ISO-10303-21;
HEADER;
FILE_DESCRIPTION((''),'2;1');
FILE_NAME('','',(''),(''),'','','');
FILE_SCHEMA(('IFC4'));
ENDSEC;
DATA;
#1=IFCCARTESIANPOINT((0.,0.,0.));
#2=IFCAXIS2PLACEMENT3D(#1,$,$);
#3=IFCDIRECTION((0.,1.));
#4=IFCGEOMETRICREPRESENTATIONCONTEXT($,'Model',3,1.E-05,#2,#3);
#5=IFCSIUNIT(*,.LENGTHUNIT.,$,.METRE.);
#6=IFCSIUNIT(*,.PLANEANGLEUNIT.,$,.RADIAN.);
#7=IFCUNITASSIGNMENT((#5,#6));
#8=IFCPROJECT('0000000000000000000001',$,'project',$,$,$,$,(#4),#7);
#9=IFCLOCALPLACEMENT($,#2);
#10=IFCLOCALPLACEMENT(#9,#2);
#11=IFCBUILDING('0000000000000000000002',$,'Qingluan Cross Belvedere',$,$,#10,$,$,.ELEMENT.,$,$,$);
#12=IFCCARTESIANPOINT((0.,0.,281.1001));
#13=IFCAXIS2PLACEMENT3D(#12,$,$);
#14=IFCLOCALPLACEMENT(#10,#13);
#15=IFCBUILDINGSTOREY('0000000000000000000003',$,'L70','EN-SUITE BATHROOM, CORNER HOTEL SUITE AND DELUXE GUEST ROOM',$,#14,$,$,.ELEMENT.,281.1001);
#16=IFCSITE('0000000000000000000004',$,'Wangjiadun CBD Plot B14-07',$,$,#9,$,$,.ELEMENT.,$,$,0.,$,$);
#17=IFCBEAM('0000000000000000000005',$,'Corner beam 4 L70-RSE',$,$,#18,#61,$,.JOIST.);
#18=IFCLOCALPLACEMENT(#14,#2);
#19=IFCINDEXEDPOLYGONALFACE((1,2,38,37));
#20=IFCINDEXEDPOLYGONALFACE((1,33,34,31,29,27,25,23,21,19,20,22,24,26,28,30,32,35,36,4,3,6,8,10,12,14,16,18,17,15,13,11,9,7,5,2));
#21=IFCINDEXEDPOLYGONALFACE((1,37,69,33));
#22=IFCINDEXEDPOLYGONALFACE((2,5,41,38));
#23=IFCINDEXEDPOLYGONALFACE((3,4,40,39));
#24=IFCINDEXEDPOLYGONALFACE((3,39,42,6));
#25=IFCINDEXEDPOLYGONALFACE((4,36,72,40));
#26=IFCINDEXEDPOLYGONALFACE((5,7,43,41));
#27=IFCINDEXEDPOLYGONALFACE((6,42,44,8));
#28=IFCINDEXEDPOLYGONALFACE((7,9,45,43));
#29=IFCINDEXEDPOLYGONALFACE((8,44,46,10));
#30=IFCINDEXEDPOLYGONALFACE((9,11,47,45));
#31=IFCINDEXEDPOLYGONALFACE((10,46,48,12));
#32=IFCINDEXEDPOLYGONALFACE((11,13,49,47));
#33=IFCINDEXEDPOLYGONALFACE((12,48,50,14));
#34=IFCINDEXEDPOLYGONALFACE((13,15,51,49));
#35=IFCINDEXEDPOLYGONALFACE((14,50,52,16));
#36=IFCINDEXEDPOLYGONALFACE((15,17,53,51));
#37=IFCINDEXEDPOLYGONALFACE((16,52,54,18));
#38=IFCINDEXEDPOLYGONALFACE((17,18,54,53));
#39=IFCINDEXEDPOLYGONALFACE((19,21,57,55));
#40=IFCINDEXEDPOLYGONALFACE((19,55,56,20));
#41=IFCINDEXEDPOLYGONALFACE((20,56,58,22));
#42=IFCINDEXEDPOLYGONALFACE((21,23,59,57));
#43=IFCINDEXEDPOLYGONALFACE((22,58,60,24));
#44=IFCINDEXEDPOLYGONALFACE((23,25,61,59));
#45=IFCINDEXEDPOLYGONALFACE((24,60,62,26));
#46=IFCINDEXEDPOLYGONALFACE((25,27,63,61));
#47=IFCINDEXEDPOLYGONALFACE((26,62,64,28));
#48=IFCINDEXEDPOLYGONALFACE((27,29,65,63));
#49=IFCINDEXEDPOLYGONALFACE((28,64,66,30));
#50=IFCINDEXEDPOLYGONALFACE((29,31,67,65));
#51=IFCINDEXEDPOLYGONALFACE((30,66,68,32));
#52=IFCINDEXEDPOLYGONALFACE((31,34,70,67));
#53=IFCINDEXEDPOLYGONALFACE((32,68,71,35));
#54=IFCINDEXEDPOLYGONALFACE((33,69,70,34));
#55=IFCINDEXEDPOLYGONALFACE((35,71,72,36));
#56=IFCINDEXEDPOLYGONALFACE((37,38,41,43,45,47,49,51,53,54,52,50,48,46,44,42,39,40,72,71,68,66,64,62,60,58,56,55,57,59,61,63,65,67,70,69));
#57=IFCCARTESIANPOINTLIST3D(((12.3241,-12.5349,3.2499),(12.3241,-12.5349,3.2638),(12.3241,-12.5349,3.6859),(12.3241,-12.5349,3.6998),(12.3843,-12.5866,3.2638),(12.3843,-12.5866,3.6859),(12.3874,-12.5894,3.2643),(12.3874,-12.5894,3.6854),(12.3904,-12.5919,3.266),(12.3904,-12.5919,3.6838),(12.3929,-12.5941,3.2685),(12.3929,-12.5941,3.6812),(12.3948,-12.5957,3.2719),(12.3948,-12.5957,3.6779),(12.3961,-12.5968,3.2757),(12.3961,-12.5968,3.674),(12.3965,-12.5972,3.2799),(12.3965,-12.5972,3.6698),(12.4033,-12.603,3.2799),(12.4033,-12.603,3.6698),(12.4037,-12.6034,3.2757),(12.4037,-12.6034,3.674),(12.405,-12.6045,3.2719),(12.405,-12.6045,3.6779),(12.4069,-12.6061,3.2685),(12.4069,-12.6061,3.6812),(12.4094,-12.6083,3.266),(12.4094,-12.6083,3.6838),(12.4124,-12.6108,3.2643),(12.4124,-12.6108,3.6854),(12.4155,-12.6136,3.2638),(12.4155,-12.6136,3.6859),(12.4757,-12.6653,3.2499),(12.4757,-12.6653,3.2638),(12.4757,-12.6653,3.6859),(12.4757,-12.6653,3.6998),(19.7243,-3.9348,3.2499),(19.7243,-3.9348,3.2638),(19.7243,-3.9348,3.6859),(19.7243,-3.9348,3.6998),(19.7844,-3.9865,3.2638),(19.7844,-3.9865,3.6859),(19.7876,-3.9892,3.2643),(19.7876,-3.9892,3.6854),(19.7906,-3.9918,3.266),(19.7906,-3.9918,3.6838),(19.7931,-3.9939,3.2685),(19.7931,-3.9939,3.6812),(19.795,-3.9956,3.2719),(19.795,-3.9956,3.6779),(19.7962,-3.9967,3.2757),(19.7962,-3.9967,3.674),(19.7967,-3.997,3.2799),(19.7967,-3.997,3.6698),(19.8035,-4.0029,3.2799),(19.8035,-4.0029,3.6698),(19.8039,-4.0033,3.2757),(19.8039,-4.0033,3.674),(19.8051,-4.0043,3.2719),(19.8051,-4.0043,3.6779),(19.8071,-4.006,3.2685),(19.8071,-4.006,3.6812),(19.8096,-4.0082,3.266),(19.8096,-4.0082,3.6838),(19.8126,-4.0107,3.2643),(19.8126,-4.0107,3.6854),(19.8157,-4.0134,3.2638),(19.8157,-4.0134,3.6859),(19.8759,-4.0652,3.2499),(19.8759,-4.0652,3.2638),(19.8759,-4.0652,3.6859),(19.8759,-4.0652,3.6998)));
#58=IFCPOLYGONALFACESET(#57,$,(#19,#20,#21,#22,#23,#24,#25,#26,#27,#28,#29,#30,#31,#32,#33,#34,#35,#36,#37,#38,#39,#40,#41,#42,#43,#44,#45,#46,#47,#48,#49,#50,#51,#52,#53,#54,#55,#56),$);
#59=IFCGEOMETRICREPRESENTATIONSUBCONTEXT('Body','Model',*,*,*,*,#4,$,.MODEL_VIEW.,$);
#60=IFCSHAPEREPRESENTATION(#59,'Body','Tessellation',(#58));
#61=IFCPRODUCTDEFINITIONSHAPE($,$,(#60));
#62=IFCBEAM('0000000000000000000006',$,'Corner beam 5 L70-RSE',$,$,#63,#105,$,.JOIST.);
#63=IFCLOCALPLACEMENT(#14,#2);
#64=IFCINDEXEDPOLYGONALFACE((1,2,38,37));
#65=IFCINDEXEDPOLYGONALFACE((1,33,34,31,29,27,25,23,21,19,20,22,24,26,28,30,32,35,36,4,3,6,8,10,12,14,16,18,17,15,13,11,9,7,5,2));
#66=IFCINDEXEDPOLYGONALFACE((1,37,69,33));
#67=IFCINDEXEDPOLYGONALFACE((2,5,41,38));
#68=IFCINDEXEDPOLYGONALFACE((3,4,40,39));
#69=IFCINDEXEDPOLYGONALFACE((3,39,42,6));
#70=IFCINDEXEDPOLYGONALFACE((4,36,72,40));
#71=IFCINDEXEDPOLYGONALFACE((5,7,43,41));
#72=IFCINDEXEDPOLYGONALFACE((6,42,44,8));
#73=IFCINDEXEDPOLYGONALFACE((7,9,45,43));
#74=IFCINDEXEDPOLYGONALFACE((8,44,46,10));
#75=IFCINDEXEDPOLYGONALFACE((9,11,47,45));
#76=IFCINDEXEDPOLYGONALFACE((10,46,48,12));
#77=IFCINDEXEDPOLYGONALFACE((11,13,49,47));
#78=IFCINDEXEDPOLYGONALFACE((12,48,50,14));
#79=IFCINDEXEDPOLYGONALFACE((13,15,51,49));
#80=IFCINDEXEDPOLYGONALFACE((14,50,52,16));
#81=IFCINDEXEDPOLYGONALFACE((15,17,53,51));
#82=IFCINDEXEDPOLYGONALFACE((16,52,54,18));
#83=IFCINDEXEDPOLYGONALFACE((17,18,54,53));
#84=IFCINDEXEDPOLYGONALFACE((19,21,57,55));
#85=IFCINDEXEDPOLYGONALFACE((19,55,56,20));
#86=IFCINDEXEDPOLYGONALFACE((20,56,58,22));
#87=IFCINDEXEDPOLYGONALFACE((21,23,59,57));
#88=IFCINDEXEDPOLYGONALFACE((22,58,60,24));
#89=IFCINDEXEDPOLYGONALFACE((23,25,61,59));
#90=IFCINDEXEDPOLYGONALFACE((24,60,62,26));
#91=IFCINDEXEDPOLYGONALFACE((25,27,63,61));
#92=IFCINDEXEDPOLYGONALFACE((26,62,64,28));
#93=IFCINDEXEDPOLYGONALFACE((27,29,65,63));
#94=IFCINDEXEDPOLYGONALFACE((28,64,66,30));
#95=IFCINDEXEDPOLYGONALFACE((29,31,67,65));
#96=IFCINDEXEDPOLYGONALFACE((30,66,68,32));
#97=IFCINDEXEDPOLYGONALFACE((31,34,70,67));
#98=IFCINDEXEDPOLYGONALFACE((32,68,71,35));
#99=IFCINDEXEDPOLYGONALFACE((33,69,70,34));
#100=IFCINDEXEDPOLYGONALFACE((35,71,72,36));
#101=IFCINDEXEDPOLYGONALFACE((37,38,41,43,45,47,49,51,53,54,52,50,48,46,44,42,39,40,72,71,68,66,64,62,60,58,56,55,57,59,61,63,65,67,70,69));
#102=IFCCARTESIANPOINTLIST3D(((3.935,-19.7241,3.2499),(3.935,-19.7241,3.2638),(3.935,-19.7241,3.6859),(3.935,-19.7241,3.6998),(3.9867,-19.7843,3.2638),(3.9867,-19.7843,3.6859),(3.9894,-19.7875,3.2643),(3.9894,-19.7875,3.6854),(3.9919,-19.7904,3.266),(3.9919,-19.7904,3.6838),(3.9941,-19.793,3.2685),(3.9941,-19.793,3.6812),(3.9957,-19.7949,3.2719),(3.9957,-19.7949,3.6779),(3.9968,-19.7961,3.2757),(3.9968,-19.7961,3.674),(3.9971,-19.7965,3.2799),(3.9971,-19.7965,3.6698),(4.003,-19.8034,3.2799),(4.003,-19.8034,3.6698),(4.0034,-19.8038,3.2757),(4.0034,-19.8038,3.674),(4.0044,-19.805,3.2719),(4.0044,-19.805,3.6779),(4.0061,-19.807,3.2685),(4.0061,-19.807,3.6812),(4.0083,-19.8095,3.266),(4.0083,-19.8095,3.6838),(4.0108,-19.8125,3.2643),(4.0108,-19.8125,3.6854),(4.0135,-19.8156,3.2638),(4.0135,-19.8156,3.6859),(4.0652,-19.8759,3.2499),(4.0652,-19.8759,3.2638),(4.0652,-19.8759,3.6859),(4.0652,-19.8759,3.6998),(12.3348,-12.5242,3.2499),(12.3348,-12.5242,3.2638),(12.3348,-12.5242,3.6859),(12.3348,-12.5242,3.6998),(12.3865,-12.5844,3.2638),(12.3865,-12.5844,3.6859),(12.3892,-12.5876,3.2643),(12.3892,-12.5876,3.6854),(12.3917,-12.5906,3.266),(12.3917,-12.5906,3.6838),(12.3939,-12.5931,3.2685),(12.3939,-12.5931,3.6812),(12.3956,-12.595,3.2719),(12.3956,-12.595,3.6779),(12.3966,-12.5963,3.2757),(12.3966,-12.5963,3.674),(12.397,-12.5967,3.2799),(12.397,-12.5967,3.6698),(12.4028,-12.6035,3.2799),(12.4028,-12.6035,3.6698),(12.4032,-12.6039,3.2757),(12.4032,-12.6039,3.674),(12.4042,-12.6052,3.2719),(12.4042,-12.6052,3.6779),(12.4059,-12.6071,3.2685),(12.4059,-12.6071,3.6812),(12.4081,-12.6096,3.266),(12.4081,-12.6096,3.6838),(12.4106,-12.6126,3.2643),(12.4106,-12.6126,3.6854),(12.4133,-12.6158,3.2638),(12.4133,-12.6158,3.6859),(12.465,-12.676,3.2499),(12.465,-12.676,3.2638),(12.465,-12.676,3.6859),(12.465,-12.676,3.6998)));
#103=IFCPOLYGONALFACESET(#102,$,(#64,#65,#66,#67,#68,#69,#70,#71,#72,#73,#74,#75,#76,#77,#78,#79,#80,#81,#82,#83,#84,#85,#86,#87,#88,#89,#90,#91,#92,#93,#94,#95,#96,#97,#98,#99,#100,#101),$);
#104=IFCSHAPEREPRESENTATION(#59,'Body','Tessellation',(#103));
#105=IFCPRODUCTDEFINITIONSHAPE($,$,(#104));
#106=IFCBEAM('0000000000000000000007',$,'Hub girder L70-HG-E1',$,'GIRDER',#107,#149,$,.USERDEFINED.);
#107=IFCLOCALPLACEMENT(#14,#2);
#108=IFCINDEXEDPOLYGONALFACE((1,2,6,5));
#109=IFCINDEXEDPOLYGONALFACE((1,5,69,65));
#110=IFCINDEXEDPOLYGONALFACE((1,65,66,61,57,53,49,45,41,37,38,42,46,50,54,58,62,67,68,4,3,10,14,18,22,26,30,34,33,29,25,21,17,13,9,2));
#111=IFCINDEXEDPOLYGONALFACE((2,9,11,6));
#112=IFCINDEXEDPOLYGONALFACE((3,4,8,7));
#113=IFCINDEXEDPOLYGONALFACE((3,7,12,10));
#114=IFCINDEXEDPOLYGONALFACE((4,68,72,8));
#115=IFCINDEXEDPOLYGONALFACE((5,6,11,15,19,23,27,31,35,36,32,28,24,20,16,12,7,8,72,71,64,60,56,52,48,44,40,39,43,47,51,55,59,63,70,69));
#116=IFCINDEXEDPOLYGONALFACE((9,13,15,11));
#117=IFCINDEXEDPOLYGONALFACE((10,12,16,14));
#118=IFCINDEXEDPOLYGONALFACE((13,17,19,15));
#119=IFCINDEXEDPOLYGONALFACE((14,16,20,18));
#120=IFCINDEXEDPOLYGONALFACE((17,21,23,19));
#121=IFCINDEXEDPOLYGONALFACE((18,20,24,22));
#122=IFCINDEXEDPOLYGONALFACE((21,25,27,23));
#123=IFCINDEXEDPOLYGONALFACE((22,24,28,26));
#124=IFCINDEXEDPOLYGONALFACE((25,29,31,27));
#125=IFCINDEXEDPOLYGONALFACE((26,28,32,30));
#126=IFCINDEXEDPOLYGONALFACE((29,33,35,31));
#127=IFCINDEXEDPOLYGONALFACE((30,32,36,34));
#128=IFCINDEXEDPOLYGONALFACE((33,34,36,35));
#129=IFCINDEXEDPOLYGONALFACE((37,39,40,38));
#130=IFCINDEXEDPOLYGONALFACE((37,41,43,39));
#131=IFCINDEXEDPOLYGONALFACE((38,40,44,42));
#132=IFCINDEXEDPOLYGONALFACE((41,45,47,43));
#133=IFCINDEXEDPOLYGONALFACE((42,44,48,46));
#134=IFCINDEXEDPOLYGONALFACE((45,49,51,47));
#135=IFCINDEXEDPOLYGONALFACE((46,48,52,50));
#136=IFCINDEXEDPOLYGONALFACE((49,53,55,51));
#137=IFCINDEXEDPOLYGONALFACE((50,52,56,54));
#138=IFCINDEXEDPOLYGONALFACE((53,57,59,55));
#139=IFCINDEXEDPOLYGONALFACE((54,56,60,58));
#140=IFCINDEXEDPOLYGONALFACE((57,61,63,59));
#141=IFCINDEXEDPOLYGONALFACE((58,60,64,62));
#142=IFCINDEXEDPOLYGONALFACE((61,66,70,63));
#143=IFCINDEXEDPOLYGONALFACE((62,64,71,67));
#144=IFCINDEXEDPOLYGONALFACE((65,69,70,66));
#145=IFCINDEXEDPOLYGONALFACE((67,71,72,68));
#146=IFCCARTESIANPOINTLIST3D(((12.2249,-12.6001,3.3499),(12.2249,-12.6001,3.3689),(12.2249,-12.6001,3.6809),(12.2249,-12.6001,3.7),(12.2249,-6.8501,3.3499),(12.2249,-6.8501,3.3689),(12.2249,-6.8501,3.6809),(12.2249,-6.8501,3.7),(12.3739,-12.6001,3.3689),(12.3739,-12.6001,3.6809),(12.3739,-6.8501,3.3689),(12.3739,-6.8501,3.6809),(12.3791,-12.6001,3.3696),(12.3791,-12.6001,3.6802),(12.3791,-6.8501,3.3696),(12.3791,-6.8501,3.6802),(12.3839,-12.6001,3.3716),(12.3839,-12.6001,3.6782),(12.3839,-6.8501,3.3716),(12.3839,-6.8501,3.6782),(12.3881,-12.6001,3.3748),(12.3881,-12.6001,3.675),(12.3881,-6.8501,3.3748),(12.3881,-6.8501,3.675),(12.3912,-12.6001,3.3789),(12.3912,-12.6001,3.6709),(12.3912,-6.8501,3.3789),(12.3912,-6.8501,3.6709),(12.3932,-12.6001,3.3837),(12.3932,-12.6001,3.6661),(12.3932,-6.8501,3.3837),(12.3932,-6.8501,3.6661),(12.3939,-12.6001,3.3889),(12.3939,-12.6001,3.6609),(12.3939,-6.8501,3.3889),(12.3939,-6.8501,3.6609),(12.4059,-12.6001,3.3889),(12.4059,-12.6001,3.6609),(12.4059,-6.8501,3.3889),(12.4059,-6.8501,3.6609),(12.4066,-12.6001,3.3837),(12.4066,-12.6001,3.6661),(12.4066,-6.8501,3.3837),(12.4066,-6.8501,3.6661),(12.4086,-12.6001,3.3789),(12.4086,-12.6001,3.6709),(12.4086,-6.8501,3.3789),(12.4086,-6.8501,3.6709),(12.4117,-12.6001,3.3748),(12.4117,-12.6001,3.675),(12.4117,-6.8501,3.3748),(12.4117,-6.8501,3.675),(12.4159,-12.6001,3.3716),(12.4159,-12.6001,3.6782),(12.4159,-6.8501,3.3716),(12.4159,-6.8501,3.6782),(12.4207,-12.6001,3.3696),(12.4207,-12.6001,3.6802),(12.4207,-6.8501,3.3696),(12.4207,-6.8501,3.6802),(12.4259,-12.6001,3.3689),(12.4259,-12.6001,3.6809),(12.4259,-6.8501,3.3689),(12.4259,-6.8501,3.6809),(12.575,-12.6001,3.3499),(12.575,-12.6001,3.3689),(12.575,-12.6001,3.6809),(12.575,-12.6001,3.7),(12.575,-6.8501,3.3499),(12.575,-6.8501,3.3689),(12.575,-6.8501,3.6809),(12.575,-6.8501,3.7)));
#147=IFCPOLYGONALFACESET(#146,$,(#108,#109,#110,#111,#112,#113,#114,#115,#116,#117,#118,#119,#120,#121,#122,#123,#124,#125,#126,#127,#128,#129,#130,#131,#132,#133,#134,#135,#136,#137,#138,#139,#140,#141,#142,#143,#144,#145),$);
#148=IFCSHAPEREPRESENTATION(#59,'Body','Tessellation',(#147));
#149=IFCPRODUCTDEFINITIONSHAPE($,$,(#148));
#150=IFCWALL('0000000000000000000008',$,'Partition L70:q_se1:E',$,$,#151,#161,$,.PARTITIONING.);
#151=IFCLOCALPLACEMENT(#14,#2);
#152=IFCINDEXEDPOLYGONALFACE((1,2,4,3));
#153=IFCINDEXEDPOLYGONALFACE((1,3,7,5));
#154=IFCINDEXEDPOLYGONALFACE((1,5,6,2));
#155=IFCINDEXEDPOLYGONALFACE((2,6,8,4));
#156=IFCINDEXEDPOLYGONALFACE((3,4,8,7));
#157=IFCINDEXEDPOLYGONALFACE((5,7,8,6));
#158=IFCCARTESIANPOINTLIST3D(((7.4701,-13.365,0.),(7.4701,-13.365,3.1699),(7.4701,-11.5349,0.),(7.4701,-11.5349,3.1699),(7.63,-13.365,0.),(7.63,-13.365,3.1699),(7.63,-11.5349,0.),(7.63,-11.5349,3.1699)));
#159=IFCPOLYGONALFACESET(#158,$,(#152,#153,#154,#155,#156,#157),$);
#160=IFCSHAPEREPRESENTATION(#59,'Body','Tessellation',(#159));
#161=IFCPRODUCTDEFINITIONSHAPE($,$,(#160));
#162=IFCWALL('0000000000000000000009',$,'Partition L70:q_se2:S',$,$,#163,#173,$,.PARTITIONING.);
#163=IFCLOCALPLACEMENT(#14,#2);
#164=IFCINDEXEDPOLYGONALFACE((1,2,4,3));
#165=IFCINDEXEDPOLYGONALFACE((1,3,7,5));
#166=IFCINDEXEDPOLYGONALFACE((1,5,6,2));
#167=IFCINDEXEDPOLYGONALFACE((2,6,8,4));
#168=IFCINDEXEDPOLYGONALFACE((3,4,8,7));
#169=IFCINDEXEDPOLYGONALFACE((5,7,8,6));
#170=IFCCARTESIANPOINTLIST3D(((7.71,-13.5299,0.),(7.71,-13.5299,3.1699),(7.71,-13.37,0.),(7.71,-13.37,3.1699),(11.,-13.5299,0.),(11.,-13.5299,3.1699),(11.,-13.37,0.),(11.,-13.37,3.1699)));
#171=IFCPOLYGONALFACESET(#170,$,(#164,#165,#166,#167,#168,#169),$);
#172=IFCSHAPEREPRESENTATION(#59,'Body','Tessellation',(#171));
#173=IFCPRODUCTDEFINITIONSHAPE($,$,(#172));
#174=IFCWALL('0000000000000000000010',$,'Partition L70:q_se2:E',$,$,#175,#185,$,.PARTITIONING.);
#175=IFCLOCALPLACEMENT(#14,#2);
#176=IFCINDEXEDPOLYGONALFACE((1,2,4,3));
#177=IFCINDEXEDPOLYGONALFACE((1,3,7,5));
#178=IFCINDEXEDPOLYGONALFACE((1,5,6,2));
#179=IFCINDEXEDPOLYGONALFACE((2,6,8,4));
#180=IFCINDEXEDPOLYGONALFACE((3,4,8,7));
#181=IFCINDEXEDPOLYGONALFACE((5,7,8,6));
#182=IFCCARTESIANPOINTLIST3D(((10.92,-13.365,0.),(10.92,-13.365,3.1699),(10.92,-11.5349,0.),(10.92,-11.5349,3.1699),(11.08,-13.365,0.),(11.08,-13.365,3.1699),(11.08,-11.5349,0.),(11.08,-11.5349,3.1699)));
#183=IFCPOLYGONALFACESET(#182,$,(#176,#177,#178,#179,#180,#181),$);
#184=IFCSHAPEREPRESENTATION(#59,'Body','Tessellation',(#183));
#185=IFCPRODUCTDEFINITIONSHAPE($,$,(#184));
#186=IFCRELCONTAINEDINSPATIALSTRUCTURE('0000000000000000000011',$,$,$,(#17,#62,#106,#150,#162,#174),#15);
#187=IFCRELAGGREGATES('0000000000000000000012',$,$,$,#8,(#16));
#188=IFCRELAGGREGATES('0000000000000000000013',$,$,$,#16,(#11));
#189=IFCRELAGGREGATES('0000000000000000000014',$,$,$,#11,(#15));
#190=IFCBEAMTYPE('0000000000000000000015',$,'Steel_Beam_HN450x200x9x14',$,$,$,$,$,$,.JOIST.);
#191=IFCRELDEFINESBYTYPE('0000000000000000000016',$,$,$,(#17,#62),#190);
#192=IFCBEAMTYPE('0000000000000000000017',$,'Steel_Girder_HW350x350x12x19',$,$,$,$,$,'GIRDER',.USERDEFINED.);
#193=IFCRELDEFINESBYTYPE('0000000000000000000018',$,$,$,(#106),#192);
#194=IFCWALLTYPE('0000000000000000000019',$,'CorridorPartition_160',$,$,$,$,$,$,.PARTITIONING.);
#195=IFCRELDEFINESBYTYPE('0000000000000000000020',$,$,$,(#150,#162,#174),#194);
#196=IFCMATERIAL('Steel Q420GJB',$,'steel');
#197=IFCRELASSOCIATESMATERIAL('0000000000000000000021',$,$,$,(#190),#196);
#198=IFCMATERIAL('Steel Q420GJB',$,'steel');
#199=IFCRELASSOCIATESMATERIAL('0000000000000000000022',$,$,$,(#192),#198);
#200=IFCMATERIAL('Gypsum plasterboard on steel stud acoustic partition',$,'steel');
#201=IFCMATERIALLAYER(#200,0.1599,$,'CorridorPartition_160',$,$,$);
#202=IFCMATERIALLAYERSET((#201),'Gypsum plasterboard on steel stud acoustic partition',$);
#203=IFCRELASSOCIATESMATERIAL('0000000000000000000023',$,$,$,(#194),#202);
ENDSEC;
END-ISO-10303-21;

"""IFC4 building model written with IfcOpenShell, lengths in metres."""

from ifc_helpers import new_model, si_unit, direction, frame, frame_2d, origin, origin_2d, place, context, subcontext, project, spatial, rectangle, i_section, extrude, material, layer, layer_set, material_profile, profile_set, type_object, element, save


model = new_model("IFC4")

# Units and contexts
model_context = context("Model", 3, precision=1e-05, world=origin(), true_north=direction((0.0, 1.0)))
body_context = subcontext(model_context, "Body", "Model", "MODEL_VIEW")
ifc_project = project(units=[si_unit("LENGTHUNIT", "METRE"), si_unit("PLANEANGLEUNIT", "RADIAN")], contexts=[model_context])

# Site, building, storey
site_placement = place(None, origin())
site = spatial("IfcSite", under=ifc_project, at=site_placement, Name="Wangjiadun CBD Plot B14-07", CompositionType="ELEMENT", RefElevation=0.0)
building_placement = place(site_placement, origin())
building = spatial("IfcBuilding", under=site, at=building_placement, Name="Qingluan Cross Belvedere", CompositionType="ELEMENT")
storey_placement = place(building_placement, frame((0.0, 0.0, 281.1001)))
storey = spatial("IfcBuildingStorey", under=building, at=storey_placement, Name="L70", Description="EN-SUITE BATHROOM, CORNER HOTEL SUITE AND DELUXE GUEST ROOM", CompositionType="ELEMENT", Elevation=281.1001)

# Beams
ifc_material_1 = material(Name="Steel Q420GJB", Category="steel")
ifc_material_profile_1 = material_profile(ifc_material_1, i_section(OverallWidth=0.2, OverallDepth=0.45, WebThickness=0.009, FlangeThickness=0.0139, FilletRadius=0.0161, at=origin_2d()), Name="HN450x200x9x14")
ifc_profile_set_1 = profile_set([ifc_material_profile_1], Name="Steel Q420GJB")
beam_type_1 = type_object("IfcBeamType", Name="Steel_Beam_HN450x200x9x14", PredefinedType="JOIST", material=ifc_profile_set_1)
beam_1_placement = place(storey_placement, frame((12.3999, -12.6001, 3.4749), z_axis=(0.652245, 0.758008, 0.0), x_axis=(-0.758008, 0.652245, 0.0)))
element("IfcBeam", 1, at=beam_1_placement, inside=storey, type_object=beam_type_1, Name="Corner beam 4 L70-RSE", PredefinedType="JOIST", context=body_context, shape_type="SweptSolid", body=[
    extrude(i_section(OverallWidth=0.2, OverallDepth=0.45, WebThickness=0.009, FlangeThickness=0.0139, FilletRadius=0.0161, at=origin_2d()), origin(), (0.0, 0.0, 1.0), 11.3457),
])
beam_2_placement = place(storey_placement, frame((12.3999, -12.6001, 3.4749), z_axis=(-0.759255, -0.650793, 0.0), x_axis=(0.650793, -0.759255, 0.0)))
element("IfcBeam", 2, at=beam_2_placement, inside=storey, type_object=beam_type_1, Name="Corner beam 5 L70-RSE", PredefinedType="JOIST", context=body_context, shape_type="SweptSolid", body=[
    extrude(i_section(OverallWidth=0.2, OverallDepth=0.45, WebThickness=0.009, FlangeThickness=0.0139, FilletRadius=0.0161, at=origin_2d()), origin(), (0.0, 0.0, 1.0), 11.0632),
])
ifc_material_2 = material(Name="Steel Q420GJB", Category="steel")
ifc_material_profile_2 = material_profile(ifc_material_2, i_section(OverallWidth=0.3501, OverallDepth=0.3501, WebThickness=0.012, FlangeThickness=0.019, FilletRadius=0.02, at=origin_2d()), Name="HW350x350x12x19")
ifc_profile_set_2 = profile_set([ifc_material_profile_2], Name="Steel Q420GJB")
beam_type_2 = type_object("IfcBeamType", Name="Steel_Girder_HW350x350x12x19", ElementType="GIRDER", PredefinedType="USERDEFINED", material=ifc_profile_set_2)
beam_3_placement = place(storey_placement, frame((12.3999, -12.6001, 3.5249), z_axis=(0.0, 1.0, 0.0), x_axis=(-1.0, 0.0, 0.0)))
element("IfcBeam", 3, at=beam_3_placement, inside=storey, type_object=beam_type_2, Name="Hub girder L70-HG-E1", ObjectType="GIRDER", PredefinedType="USERDEFINED", context=body_context, shape_type="SweptSolid", body=[
    extrude(i_section(OverallWidth=0.3501, OverallDepth=0.3501, WebThickness=0.012, FlangeThickness=0.019, FilletRadius=0.02, at=origin_2d()), origin(), (0.0, 0.0, 1.0), 5.75),
])

# Walls
ifc_material_3 = material(Name="Gypsum plasterboard on steel stud acoustic partition", Category="steel")
ifc_layer_1 = layer(ifc_material_3, 0.1599, Name="CorridorPartition_160")
ifc_layer_set_1 = layer_set([ifc_layer_1], Name="Gypsum plasterboard on steel stud acoustic partition")
wall_type_1 = type_object("IfcWallType", Name="CorridorPartition_160", PredefinedType="PARTITIONING", material=ifc_layer_set_1)
wall_1_placement = place(storey_placement, frame((7.55, -13.365, 0.0), z_axis=(0.0, 0.0, 1.0), x_axis=(0.0, 1.0, 0.0)))
element("IfcWall", 4, at=wall_1_placement, inside=storey, type_object=wall_type_1, Name="Partition L70:q_se1:E", PredefinedType="PARTITIONING", context=body_context, shape_type="SweptSolid", body=[
    extrude(rectangle(XDim=1.8301, YDim=0.1599, at=frame_2d((0.915, 0.0))), origin(), (0.0, 0.0, 1.0), 3.1699),
])
wall_2_placement = place(storey_placement, frame((7.71, -13.45, 0.0), z_axis=(0.0, 0.0, 1.0), x_axis=(1.0, 0.0, 0.0)))
element("IfcWall", 5, at=wall_2_placement, inside=storey, type_object=wall_type_1, Name="Partition L70:q_se2:S", PredefinedType="PARTITIONING", context=body_context, shape_type="SweptSolid", body=[
    extrude(rectangle(XDim=3.29, YDim=0.1599, at=frame_2d((1.645, 0.0))), origin(), (0.0, 0.0, 1.0), 3.1699),
])
wall_3_placement = place(storey_placement, frame((11.0, -13.365, 0.0), z_axis=(0.0, 0.0, 1.0), x_axis=(0.0, 1.0, 0.0)))
element("IfcWall", 6, at=wall_3_placement, inside=storey, type_object=wall_type_1, Name="Partition L70:q_se2:E", PredefinedType="PARTITIONING", context=body_context, shape_type="SweptSolid", body=[
    extrude(rectangle(XDim=1.8301, YDim=0.1599, at=frame_2d((0.915, 0.0))), origin(), (0.0, 0.0, 1.0), 3.1699),
])

save(model, "model.ifc")
